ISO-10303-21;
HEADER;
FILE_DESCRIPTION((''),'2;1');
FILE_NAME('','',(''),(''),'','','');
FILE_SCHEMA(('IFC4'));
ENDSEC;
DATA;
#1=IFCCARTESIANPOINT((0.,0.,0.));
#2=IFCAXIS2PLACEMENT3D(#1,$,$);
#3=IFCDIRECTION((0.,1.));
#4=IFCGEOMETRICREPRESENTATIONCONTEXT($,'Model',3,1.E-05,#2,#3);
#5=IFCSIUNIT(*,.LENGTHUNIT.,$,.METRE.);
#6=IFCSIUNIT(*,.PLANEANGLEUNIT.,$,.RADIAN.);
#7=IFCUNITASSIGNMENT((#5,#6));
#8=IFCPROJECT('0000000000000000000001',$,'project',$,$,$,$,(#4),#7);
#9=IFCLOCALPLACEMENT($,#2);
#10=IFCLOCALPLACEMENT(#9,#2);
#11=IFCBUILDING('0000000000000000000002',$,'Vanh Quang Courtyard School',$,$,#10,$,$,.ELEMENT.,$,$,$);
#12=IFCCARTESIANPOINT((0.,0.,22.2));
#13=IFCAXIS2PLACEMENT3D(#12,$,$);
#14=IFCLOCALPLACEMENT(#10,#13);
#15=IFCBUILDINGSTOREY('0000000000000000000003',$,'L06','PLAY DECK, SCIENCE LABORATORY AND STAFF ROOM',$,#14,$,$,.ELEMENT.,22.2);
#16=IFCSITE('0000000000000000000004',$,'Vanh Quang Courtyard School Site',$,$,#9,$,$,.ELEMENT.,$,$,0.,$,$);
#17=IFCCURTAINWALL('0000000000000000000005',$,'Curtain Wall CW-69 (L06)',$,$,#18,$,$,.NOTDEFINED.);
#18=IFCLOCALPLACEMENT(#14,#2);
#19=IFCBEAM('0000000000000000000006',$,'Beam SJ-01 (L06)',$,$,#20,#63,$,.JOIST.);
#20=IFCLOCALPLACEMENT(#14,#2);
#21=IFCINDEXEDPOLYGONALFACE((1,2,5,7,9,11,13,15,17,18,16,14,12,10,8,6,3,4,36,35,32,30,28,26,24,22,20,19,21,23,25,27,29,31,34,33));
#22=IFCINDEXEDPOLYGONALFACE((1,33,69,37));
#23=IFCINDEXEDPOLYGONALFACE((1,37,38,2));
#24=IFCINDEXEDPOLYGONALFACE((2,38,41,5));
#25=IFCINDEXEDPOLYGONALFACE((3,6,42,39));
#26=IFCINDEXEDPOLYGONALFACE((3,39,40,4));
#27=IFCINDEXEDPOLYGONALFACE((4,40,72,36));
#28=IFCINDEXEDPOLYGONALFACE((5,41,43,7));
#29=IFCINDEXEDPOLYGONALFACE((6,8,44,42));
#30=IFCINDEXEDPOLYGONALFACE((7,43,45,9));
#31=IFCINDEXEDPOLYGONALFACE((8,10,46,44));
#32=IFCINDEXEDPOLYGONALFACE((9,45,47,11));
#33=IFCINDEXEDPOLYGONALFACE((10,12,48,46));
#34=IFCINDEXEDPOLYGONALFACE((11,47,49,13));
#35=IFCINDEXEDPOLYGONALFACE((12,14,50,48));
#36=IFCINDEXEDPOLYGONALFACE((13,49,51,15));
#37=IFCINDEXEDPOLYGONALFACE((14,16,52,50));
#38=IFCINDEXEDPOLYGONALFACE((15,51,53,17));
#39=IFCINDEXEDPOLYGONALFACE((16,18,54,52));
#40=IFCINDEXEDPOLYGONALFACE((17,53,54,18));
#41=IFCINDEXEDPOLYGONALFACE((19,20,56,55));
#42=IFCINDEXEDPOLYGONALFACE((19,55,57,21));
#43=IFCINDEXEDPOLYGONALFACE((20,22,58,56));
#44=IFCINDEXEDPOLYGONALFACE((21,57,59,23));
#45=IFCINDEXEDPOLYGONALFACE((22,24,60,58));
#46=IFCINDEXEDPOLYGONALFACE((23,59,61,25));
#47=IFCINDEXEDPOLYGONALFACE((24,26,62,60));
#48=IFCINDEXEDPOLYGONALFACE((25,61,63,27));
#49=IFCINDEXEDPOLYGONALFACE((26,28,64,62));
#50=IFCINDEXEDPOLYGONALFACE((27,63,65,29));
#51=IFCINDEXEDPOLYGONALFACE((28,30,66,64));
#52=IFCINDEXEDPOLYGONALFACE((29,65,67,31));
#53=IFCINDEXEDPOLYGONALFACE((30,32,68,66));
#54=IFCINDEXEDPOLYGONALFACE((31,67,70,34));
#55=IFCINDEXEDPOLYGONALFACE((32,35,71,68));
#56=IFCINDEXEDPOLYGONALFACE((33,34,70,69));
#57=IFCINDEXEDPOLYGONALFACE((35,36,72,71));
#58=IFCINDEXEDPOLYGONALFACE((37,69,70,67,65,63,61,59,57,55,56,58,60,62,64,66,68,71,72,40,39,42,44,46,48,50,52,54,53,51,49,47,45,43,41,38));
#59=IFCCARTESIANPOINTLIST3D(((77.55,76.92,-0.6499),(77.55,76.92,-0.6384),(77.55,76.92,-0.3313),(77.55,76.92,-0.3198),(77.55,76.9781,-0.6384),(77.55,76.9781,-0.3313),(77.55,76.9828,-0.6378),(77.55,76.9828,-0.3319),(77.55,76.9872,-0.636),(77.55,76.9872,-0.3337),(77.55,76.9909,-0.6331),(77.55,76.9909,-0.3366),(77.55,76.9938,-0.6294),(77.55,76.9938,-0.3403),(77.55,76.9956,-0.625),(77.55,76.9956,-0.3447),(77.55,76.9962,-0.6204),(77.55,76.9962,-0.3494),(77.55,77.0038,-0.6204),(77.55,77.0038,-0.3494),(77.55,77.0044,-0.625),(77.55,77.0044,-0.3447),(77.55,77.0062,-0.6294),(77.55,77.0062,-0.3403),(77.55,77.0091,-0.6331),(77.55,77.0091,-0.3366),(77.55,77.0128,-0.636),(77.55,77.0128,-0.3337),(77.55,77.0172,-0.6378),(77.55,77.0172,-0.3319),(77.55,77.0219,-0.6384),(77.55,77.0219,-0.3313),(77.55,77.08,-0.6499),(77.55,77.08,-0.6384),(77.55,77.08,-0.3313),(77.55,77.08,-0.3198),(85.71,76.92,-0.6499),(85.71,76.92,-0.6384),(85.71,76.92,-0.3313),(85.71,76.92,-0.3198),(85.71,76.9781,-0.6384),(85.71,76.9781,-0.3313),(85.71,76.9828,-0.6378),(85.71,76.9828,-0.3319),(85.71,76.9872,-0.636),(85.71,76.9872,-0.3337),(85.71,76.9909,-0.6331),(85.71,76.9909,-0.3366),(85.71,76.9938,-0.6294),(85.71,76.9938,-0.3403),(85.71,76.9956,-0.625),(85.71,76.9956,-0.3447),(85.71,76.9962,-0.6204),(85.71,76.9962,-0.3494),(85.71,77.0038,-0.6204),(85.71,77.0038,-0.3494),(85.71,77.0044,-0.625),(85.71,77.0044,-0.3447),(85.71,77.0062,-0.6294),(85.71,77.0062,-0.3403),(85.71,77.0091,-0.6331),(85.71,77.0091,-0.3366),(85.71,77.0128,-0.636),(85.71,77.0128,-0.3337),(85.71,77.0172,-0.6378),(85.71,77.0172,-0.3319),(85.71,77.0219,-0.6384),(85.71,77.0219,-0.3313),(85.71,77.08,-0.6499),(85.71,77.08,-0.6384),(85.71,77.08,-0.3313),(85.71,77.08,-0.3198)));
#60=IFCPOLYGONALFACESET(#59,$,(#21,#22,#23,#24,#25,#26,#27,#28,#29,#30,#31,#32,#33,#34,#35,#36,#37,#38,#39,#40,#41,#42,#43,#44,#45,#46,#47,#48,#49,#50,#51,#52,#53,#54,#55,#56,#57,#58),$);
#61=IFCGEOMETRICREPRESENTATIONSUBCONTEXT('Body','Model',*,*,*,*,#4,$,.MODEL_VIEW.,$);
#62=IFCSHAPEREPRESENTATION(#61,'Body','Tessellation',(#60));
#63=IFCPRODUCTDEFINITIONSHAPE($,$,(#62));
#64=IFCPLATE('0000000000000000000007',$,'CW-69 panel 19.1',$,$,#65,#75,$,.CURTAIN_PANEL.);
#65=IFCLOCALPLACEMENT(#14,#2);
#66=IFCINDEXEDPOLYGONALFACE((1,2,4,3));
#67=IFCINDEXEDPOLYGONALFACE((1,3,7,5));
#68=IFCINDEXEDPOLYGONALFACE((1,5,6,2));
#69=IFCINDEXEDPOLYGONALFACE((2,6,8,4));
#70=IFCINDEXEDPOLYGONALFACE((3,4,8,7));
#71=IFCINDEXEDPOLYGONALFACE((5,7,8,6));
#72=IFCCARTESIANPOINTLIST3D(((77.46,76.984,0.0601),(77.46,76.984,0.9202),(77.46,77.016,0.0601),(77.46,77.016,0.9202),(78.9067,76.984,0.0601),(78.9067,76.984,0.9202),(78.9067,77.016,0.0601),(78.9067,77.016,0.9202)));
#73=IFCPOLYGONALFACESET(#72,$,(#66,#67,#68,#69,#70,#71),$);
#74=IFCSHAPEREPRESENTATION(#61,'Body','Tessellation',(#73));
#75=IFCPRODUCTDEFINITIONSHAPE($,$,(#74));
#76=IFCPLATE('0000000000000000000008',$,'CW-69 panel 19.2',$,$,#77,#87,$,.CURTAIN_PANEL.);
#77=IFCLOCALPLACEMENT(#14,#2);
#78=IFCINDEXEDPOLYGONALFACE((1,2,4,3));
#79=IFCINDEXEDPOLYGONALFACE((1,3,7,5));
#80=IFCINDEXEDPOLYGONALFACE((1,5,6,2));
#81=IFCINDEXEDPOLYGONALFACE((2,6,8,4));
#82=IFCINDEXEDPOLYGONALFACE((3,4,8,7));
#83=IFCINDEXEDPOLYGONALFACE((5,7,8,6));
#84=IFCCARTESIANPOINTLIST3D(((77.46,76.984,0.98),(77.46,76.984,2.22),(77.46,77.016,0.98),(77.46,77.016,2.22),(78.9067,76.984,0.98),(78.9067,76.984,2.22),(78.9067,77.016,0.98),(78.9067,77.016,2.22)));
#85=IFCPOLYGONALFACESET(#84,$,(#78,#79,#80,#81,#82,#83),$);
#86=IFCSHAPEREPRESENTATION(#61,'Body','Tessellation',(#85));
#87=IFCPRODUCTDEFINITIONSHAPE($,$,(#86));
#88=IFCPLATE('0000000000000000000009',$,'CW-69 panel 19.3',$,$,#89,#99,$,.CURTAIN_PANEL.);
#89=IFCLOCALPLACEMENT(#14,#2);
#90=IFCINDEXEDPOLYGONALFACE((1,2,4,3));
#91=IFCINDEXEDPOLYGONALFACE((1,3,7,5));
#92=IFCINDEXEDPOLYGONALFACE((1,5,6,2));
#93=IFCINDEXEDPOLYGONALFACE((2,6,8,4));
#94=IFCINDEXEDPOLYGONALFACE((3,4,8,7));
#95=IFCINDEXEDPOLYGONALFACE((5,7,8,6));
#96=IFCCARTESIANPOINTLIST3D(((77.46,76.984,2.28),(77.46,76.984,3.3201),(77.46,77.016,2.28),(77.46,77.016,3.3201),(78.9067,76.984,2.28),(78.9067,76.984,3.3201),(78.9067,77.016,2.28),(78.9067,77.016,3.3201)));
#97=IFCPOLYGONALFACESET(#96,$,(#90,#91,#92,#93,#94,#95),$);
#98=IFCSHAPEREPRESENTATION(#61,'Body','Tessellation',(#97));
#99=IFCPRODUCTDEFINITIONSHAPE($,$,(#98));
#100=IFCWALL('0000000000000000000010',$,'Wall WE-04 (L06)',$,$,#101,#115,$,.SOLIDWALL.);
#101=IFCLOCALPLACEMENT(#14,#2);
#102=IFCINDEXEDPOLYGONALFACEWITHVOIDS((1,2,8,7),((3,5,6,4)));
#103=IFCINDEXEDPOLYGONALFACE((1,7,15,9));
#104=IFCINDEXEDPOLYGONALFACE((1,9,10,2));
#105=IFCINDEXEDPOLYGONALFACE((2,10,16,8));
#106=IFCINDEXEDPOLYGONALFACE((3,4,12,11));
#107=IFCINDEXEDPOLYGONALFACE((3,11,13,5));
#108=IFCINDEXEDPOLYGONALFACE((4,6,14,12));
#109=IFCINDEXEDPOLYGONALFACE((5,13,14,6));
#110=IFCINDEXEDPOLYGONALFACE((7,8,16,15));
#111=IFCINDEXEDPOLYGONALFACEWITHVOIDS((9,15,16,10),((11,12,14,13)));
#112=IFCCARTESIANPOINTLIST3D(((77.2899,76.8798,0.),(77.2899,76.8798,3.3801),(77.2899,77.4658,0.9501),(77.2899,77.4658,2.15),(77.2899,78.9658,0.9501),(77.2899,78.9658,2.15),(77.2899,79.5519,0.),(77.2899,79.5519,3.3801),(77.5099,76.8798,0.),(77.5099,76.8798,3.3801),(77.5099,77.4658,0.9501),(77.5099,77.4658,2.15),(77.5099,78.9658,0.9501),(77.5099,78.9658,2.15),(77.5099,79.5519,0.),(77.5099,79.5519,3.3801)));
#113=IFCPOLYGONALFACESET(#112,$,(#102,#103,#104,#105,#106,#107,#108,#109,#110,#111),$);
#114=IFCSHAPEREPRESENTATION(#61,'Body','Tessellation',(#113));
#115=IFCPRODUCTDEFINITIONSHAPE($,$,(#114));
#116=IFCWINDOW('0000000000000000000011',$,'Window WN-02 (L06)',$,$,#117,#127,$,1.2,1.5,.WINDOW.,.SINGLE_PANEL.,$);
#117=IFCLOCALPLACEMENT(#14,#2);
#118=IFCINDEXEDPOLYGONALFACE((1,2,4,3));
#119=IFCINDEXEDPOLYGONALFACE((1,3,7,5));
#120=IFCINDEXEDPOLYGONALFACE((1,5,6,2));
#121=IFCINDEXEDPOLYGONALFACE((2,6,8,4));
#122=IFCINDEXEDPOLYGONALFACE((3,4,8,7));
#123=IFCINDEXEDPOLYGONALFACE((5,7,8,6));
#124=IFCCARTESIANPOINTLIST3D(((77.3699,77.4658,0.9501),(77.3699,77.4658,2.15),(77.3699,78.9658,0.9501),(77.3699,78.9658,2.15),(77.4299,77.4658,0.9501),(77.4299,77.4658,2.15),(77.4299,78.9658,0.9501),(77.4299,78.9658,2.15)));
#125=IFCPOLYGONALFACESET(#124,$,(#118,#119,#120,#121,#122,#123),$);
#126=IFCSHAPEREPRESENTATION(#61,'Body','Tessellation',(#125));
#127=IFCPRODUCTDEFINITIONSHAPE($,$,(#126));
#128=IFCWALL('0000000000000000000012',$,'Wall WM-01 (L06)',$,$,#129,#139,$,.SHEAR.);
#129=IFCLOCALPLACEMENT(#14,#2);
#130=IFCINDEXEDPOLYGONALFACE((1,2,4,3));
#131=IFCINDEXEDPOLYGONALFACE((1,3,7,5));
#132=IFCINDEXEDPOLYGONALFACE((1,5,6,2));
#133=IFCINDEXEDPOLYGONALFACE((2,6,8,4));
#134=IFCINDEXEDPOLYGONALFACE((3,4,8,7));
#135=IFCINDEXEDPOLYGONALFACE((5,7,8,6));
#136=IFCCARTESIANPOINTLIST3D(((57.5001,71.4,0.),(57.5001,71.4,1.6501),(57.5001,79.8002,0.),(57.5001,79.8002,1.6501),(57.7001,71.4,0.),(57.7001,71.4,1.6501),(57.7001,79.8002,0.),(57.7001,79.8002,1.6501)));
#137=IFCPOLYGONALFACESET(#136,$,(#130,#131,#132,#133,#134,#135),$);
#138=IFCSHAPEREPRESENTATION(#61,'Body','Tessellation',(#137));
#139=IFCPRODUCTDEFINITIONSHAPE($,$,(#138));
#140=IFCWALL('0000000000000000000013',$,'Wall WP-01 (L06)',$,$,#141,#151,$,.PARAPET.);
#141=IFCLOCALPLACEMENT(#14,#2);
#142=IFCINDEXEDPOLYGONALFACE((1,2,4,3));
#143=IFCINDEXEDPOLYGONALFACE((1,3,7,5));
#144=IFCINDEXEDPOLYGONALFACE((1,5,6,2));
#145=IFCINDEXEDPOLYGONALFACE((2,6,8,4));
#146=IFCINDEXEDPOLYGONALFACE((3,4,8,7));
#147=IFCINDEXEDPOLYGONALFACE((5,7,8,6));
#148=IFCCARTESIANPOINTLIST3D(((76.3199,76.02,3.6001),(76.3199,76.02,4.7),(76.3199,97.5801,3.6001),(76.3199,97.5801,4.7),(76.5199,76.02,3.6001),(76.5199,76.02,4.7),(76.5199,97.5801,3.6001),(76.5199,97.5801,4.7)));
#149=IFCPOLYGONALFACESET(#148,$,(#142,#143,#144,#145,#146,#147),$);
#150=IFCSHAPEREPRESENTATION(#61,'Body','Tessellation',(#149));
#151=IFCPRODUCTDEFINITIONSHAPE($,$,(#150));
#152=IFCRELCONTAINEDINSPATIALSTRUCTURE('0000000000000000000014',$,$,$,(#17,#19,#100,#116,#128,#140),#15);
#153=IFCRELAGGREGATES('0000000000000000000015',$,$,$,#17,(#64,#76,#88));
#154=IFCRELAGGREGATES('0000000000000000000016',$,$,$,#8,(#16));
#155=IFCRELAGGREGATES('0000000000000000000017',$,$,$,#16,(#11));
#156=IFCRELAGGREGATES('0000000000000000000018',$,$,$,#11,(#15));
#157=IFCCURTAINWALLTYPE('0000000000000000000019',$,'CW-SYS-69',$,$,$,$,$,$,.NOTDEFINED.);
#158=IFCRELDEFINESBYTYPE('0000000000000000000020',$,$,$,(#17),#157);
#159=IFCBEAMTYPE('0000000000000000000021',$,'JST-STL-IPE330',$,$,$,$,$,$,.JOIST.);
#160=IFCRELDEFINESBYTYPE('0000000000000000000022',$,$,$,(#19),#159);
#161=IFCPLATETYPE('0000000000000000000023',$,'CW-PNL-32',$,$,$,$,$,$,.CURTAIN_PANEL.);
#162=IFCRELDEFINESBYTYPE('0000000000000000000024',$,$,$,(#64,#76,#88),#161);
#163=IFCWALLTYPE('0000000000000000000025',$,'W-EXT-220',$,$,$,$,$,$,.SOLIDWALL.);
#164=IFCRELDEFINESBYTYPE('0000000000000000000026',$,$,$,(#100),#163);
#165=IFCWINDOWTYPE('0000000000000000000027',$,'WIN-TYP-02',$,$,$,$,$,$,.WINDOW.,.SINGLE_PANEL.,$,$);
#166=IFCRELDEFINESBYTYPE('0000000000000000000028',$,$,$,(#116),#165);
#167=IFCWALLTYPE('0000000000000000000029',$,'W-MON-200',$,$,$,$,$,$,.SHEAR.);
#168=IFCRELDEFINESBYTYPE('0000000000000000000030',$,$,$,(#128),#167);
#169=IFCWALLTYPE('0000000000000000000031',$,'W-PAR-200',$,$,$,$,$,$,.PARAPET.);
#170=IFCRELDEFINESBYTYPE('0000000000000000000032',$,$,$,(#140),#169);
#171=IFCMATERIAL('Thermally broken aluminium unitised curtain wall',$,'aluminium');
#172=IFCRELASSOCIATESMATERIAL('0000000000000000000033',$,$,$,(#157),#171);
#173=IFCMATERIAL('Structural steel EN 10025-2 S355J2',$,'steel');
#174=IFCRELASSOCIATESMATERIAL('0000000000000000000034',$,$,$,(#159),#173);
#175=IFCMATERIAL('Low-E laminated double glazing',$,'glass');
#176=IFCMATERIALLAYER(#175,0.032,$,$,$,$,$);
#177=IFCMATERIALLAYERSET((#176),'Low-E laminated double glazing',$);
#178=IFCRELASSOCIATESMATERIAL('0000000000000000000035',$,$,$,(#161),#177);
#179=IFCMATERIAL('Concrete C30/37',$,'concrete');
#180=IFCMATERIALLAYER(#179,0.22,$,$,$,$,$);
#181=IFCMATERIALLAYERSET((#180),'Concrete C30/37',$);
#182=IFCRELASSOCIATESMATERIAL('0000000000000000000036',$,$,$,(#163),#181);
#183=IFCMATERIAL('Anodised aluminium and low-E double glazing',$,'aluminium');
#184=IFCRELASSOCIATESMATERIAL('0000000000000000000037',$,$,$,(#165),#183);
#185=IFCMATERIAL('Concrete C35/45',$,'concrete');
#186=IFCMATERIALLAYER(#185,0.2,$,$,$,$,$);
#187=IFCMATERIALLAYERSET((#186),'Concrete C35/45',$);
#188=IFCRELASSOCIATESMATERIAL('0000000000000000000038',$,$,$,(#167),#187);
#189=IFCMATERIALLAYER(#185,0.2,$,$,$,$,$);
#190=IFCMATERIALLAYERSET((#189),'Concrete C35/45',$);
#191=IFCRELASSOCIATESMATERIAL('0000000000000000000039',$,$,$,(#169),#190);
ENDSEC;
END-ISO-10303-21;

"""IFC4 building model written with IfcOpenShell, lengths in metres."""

from ifc_helpers import new_model, si_unit, direction, frame, frame_2d, origin, origin_2d, place, context, subcontext, project, spatial, rectangle, i_section, extrude, material, layer, layer_set, material_profile, profile_set, type_object, element, fill, aggregate, save


model = new_model("IFC4")

# Units and contexts
model_context = context("Model", 3, precision=1e-05, world=origin(), true_north=direction((0.0, 1.0)))
body_context = subcontext(model_context, "Body", "Model", "MODEL_VIEW")
ifc_project = project(units=[si_unit("LENGTHUNIT", "METRE"), si_unit("PLANEANGLEUNIT", "RADIAN")], contexts=[model_context])

# Site, building, storey
site_placement = place(None, origin())
site = spatial("IfcSite", under=ifc_project, at=site_placement, Name="Vanh Quang Courtyard School Site", CompositionType="ELEMENT", RefElevation=0.0)
building_placement = place(site_placement, origin())
building = spatial("IfcBuilding", under=site, at=building_placement, Name="Vanh Quang Courtyard School", CompositionType="ELEMENT")
storey_placement = place(building_placement, frame((0.0, 0.0, 22.2)))
storey = spatial("IfcBuildingStorey", under=building, at=storey_placement, Name="L06", Description="PLAY DECK, SCIENCE LABORATORY AND STAFF ROOM", CompositionType="ELEMENT", Elevation=22.2)

# Shared definitions
ifc_material_1 = material(Name="Concrete C35/45", Category="concrete")
ifc_material_2 = material(Name="Structural steel EN 10025-2 S355J2", Category="steel")

# Curtain wall
ifc_material_3 = material(Name="Thermally broken aluminium unitised curtain wall", Category="aluminium")
curtain_wall_type = type_object("IfcCurtainWallType", Name="CW-SYS-69", PredefinedType="NOTDEFINED", material=ifc_material_3)
curtain_wall_placement = place(storey_placement, origin())
curtain_wall = element("IfcCurtainWall", 1, at=curtain_wall_placement, inside=storey, type_object=curtain_wall_type, Name="Curtain Wall CW-69 (L06)", PredefinedType="NOTDEFINED")

# Beam
ifc_material_4 = material(Name="Concrete C30/37", Category="concrete")
ifc_material_profile_1 = material_profile(ifc_material_2, i_section(OverallWidth=0.1599, OverallDepth=0.3301, WebThickness=0.0076, FlangeThickness=0.0115, FilletRadius=0.0181, at=origin_2d()), Name="IPE 330")
ifc_profile_set_1 = profile_set([ifc_material_profile_1], Name="Structural steel EN 10025-2 S355J2")
beam_type_1 = type_object("IfcBeamType", Name="JST-STL-IPE330", PredefinedType="JOIST", material=ifc_profile_set_1)
for number, where, z_axis, x_axis, name in (
    (2, (77.55, 77.0, -0.4849), (1.0, 0.0, 0.0), (0.0, 1.0, 0.0), "Beam SJ-01 (L06)"),
):
    element("IfcBeam", number, at=place(storey_placement, frame(where, z_axis=z_axis, x_axis=x_axis)), inside=storey, type_object=beam_type_1, Name=name, PredefinedType="JOIST", context=body_context, shape_type="SweptSolid", body=[
        extrude(i_section(OverallWidth=0.1599, OverallDepth=0.3301, WebThickness=0.0076, FlangeThickness=0.0115, FilletRadius=0.0181, at=origin_2d()), origin(), (0.0, 0.0, 1.0), 8.1599),
    ])

# Plates
ifc_material_5 = material(Name="Low-E laminated double glazing", Category="glass")
ifc_layer_1 = layer(ifc_material_5, 0.032)
ifc_layer_set_1 = layer_set([ifc_layer_1], Name="Low-E laminated double glazing")
plate_type = type_object("IfcPlateType", Name="CW-PNL-32", PredefinedType="CURTAIN_PANEL", material=ifc_layer_set_1)
plate_1_placement = place(storey_placement, frame((78.1833, 77.0, 0.0601), z_axis=(0.0, 0.0, 1.0), x_axis=(-1.0, 0.0, 0.0)))
plate_1 = element("IfcPlate", 3, at=plate_1_placement, type_object=plate_type, Name="CW-69 panel 19.1", PredefinedType="CURTAIN_PANEL", context=body_context, shape_type="SweptSolid", body=[
    extrude(rectangle(XDim=1.4468, YDim=0.032, at=origin_2d()), origin(), (0.0, 0.0, 1.0), 0.8601),
])
plate_2_placement = place(storey_placement, frame((78.1833, 77.0, 0.98), z_axis=(0.0, 0.0, 1.0), x_axis=(-1.0, 0.0, 0.0)))
plate_2 = element("IfcPlate", 4, at=plate_2_placement, type_object=plate_type, Name="CW-69 panel 19.2", PredefinedType="CURTAIN_PANEL", context=body_context, shape_type="SweptSolid", body=[
    extrude(rectangle(XDim=1.4468, YDim=0.032, at=origin_2d()), origin(), (0.0, 0.0, 1.0), 1.24),
])
plate_3_placement = place(storey_placement, frame((78.1833, 77.0, 2.28), z_axis=(0.0, 0.0, 1.0), x_axis=(-1.0, 0.0, 0.0)))
plate_3 = element("IfcPlate", 5, at=plate_3_placement, type_object=plate_type, Name="CW-69 panel 19.3", PredefinedType="CURTAIN_PANEL", context=body_context, shape_type="SweptSolid", body=[
    extrude(rectangle(XDim=1.4468, YDim=0.032, at=origin_2d()), origin(), (0.0, 0.0, 1.0), 1.04),
])
aggregate(curtain_wall, [plate_1, plate_2, plate_3])

# Wall, opening, window
ifc_layer_2 = layer(ifc_material_4, 0.22)
ifc_layer_set_2 = layer_set([ifc_layer_2], Name="Concrete C30/37")
wall_type_1 = type_object("IfcWallType", Name="W-EXT-220", PredefinedType="SOLIDWALL", material=ifc_layer_set_2)
wall_1_placement = place(storey_placement, frame((77.3999, 76.8799, 0.0), z_axis=(0.0, 0.0, 1.0), x_axis=(0.0, 1.0, 0.0)))
wall_1 = element("IfcWall", 6, at=wall_1_placement, inside=storey, type_object=wall_type_1, Name="Wall WE-04 (L06)", PredefinedType="SOLIDWALL", context=body_context, shape_type="SweptSolid", body=[
    extrude(rectangle(XDim=2.6721, YDim=0.22, at=frame_2d((1.3359, 0.0))), origin(), (0.0, 0.0, 1.0), 3.3801),
])
opening_placement = place(wall_1_placement, frame((0.5859, 0.0, 0.95)))
opening = element("IfcOpeningElement", 7, at=opening_placement, cuts=wall_1, PredefinedType="OPENING", context=body_context, shape_type="SweptSolid", body=[
    extrude(rectangle(XDim=1.5, YDim=1.2, at=frame_2d((0.75, 0.6001))), frame((0.0, 0.1201, 0.0), z_axis=(0.0, -1.0, 0.0), x_axis=(1.0, 0.0, 0.0)), (0.0, 0.0, 1.0), 0.24),
])
ifc_material_6 = material(Name="Anodised aluminium and low-E double glazing", Category="aluminium")
window_type = type_object("IfcWindowType", Name="WIN-TYP-02", PartitioningType="SINGLE_PANEL", PredefinedType="WINDOW", material=ifc_material_6)
window_placement = place(opening_placement, origin())
window = element("IfcWindow", 8, at=window_placement, inside=storey, type_object=window_type, Name="Window WN-02 (L06)", OverallHeight=1.2, OverallWidth=1.5, PartitioningType="SINGLE_PANEL", PredefinedType="WINDOW", context=body_context, shape_type="SweptSolid", body=[
    extrude(rectangle(XDim=1.5, YDim=1.2, at=frame_2d((0.75, 0.6001))), frame((0.0, 0.03, 0.0), z_axis=(0.0, -1.0, 0.0), x_axis=(1.0, 0.0, 0.0)), (0.0, 0.0, 1.0), 0.0601),
])
fill(opening, window)

# Walls
ifc_layer_3 = layer(ifc_material_1, 0.2)
ifc_layer_set_3 = layer_set([ifc_layer_3], Name="Concrete C35/45")
wall_type_2 = type_object("IfcWallType", Name="W-MON-200", PredefinedType="SHEAR", material=ifc_layer_set_3)
wall_2_placement = place(storey_placement, frame((57.6001, 71.3999, 0.0), z_axis=(0.0, 0.0, 1.0), x_axis=(0.0, 1.0, 0.0)))
element("IfcWall", 9, at=wall_2_placement, inside=storey, type_object=wall_type_2, Name="Wall WM-01 (L06)", PredefinedType="SHEAR", context=body_context, shape_type="SweptSolid", body=[
    extrude(rectangle(XDim=8.4001, YDim=0.2, at=frame_2d((4.2002, 0.0))), origin(), (0.0, 0.0, 1.0), 1.6501),
])
ifc_layer_4 = layer(ifc_material_1, 0.2)
ifc_layer_set_4 = layer_set([ifc_layer_4], Name="Concrete C35/45")
wall_type_3 = type_object("IfcWallType", Name="W-PAR-200", PredefinedType="PARAPET", material=ifc_layer_set_4)
wall_3_placement = place(storey_placement, frame((76.4199, 76.02, 3.6001), z_axis=(0.0, 0.0, 1.0), x_axis=(0.0, 1.0, 0.0)))
element("IfcWall", 10, at=wall_3_placement, inside=storey, type_object=wall_type_3, Name="Wall WP-01 (L06)", PredefinedType="PARAPET", context=body_context, shape_type="SweptSolid", body=[
    extrude(rectangle(XDim=21.5601, YDim=0.2, at=frame_2d((10.78, 0.0))), origin(), (0.0, 0.0, 1.0), 1.0999),
])

save(model, "model.ifc")
